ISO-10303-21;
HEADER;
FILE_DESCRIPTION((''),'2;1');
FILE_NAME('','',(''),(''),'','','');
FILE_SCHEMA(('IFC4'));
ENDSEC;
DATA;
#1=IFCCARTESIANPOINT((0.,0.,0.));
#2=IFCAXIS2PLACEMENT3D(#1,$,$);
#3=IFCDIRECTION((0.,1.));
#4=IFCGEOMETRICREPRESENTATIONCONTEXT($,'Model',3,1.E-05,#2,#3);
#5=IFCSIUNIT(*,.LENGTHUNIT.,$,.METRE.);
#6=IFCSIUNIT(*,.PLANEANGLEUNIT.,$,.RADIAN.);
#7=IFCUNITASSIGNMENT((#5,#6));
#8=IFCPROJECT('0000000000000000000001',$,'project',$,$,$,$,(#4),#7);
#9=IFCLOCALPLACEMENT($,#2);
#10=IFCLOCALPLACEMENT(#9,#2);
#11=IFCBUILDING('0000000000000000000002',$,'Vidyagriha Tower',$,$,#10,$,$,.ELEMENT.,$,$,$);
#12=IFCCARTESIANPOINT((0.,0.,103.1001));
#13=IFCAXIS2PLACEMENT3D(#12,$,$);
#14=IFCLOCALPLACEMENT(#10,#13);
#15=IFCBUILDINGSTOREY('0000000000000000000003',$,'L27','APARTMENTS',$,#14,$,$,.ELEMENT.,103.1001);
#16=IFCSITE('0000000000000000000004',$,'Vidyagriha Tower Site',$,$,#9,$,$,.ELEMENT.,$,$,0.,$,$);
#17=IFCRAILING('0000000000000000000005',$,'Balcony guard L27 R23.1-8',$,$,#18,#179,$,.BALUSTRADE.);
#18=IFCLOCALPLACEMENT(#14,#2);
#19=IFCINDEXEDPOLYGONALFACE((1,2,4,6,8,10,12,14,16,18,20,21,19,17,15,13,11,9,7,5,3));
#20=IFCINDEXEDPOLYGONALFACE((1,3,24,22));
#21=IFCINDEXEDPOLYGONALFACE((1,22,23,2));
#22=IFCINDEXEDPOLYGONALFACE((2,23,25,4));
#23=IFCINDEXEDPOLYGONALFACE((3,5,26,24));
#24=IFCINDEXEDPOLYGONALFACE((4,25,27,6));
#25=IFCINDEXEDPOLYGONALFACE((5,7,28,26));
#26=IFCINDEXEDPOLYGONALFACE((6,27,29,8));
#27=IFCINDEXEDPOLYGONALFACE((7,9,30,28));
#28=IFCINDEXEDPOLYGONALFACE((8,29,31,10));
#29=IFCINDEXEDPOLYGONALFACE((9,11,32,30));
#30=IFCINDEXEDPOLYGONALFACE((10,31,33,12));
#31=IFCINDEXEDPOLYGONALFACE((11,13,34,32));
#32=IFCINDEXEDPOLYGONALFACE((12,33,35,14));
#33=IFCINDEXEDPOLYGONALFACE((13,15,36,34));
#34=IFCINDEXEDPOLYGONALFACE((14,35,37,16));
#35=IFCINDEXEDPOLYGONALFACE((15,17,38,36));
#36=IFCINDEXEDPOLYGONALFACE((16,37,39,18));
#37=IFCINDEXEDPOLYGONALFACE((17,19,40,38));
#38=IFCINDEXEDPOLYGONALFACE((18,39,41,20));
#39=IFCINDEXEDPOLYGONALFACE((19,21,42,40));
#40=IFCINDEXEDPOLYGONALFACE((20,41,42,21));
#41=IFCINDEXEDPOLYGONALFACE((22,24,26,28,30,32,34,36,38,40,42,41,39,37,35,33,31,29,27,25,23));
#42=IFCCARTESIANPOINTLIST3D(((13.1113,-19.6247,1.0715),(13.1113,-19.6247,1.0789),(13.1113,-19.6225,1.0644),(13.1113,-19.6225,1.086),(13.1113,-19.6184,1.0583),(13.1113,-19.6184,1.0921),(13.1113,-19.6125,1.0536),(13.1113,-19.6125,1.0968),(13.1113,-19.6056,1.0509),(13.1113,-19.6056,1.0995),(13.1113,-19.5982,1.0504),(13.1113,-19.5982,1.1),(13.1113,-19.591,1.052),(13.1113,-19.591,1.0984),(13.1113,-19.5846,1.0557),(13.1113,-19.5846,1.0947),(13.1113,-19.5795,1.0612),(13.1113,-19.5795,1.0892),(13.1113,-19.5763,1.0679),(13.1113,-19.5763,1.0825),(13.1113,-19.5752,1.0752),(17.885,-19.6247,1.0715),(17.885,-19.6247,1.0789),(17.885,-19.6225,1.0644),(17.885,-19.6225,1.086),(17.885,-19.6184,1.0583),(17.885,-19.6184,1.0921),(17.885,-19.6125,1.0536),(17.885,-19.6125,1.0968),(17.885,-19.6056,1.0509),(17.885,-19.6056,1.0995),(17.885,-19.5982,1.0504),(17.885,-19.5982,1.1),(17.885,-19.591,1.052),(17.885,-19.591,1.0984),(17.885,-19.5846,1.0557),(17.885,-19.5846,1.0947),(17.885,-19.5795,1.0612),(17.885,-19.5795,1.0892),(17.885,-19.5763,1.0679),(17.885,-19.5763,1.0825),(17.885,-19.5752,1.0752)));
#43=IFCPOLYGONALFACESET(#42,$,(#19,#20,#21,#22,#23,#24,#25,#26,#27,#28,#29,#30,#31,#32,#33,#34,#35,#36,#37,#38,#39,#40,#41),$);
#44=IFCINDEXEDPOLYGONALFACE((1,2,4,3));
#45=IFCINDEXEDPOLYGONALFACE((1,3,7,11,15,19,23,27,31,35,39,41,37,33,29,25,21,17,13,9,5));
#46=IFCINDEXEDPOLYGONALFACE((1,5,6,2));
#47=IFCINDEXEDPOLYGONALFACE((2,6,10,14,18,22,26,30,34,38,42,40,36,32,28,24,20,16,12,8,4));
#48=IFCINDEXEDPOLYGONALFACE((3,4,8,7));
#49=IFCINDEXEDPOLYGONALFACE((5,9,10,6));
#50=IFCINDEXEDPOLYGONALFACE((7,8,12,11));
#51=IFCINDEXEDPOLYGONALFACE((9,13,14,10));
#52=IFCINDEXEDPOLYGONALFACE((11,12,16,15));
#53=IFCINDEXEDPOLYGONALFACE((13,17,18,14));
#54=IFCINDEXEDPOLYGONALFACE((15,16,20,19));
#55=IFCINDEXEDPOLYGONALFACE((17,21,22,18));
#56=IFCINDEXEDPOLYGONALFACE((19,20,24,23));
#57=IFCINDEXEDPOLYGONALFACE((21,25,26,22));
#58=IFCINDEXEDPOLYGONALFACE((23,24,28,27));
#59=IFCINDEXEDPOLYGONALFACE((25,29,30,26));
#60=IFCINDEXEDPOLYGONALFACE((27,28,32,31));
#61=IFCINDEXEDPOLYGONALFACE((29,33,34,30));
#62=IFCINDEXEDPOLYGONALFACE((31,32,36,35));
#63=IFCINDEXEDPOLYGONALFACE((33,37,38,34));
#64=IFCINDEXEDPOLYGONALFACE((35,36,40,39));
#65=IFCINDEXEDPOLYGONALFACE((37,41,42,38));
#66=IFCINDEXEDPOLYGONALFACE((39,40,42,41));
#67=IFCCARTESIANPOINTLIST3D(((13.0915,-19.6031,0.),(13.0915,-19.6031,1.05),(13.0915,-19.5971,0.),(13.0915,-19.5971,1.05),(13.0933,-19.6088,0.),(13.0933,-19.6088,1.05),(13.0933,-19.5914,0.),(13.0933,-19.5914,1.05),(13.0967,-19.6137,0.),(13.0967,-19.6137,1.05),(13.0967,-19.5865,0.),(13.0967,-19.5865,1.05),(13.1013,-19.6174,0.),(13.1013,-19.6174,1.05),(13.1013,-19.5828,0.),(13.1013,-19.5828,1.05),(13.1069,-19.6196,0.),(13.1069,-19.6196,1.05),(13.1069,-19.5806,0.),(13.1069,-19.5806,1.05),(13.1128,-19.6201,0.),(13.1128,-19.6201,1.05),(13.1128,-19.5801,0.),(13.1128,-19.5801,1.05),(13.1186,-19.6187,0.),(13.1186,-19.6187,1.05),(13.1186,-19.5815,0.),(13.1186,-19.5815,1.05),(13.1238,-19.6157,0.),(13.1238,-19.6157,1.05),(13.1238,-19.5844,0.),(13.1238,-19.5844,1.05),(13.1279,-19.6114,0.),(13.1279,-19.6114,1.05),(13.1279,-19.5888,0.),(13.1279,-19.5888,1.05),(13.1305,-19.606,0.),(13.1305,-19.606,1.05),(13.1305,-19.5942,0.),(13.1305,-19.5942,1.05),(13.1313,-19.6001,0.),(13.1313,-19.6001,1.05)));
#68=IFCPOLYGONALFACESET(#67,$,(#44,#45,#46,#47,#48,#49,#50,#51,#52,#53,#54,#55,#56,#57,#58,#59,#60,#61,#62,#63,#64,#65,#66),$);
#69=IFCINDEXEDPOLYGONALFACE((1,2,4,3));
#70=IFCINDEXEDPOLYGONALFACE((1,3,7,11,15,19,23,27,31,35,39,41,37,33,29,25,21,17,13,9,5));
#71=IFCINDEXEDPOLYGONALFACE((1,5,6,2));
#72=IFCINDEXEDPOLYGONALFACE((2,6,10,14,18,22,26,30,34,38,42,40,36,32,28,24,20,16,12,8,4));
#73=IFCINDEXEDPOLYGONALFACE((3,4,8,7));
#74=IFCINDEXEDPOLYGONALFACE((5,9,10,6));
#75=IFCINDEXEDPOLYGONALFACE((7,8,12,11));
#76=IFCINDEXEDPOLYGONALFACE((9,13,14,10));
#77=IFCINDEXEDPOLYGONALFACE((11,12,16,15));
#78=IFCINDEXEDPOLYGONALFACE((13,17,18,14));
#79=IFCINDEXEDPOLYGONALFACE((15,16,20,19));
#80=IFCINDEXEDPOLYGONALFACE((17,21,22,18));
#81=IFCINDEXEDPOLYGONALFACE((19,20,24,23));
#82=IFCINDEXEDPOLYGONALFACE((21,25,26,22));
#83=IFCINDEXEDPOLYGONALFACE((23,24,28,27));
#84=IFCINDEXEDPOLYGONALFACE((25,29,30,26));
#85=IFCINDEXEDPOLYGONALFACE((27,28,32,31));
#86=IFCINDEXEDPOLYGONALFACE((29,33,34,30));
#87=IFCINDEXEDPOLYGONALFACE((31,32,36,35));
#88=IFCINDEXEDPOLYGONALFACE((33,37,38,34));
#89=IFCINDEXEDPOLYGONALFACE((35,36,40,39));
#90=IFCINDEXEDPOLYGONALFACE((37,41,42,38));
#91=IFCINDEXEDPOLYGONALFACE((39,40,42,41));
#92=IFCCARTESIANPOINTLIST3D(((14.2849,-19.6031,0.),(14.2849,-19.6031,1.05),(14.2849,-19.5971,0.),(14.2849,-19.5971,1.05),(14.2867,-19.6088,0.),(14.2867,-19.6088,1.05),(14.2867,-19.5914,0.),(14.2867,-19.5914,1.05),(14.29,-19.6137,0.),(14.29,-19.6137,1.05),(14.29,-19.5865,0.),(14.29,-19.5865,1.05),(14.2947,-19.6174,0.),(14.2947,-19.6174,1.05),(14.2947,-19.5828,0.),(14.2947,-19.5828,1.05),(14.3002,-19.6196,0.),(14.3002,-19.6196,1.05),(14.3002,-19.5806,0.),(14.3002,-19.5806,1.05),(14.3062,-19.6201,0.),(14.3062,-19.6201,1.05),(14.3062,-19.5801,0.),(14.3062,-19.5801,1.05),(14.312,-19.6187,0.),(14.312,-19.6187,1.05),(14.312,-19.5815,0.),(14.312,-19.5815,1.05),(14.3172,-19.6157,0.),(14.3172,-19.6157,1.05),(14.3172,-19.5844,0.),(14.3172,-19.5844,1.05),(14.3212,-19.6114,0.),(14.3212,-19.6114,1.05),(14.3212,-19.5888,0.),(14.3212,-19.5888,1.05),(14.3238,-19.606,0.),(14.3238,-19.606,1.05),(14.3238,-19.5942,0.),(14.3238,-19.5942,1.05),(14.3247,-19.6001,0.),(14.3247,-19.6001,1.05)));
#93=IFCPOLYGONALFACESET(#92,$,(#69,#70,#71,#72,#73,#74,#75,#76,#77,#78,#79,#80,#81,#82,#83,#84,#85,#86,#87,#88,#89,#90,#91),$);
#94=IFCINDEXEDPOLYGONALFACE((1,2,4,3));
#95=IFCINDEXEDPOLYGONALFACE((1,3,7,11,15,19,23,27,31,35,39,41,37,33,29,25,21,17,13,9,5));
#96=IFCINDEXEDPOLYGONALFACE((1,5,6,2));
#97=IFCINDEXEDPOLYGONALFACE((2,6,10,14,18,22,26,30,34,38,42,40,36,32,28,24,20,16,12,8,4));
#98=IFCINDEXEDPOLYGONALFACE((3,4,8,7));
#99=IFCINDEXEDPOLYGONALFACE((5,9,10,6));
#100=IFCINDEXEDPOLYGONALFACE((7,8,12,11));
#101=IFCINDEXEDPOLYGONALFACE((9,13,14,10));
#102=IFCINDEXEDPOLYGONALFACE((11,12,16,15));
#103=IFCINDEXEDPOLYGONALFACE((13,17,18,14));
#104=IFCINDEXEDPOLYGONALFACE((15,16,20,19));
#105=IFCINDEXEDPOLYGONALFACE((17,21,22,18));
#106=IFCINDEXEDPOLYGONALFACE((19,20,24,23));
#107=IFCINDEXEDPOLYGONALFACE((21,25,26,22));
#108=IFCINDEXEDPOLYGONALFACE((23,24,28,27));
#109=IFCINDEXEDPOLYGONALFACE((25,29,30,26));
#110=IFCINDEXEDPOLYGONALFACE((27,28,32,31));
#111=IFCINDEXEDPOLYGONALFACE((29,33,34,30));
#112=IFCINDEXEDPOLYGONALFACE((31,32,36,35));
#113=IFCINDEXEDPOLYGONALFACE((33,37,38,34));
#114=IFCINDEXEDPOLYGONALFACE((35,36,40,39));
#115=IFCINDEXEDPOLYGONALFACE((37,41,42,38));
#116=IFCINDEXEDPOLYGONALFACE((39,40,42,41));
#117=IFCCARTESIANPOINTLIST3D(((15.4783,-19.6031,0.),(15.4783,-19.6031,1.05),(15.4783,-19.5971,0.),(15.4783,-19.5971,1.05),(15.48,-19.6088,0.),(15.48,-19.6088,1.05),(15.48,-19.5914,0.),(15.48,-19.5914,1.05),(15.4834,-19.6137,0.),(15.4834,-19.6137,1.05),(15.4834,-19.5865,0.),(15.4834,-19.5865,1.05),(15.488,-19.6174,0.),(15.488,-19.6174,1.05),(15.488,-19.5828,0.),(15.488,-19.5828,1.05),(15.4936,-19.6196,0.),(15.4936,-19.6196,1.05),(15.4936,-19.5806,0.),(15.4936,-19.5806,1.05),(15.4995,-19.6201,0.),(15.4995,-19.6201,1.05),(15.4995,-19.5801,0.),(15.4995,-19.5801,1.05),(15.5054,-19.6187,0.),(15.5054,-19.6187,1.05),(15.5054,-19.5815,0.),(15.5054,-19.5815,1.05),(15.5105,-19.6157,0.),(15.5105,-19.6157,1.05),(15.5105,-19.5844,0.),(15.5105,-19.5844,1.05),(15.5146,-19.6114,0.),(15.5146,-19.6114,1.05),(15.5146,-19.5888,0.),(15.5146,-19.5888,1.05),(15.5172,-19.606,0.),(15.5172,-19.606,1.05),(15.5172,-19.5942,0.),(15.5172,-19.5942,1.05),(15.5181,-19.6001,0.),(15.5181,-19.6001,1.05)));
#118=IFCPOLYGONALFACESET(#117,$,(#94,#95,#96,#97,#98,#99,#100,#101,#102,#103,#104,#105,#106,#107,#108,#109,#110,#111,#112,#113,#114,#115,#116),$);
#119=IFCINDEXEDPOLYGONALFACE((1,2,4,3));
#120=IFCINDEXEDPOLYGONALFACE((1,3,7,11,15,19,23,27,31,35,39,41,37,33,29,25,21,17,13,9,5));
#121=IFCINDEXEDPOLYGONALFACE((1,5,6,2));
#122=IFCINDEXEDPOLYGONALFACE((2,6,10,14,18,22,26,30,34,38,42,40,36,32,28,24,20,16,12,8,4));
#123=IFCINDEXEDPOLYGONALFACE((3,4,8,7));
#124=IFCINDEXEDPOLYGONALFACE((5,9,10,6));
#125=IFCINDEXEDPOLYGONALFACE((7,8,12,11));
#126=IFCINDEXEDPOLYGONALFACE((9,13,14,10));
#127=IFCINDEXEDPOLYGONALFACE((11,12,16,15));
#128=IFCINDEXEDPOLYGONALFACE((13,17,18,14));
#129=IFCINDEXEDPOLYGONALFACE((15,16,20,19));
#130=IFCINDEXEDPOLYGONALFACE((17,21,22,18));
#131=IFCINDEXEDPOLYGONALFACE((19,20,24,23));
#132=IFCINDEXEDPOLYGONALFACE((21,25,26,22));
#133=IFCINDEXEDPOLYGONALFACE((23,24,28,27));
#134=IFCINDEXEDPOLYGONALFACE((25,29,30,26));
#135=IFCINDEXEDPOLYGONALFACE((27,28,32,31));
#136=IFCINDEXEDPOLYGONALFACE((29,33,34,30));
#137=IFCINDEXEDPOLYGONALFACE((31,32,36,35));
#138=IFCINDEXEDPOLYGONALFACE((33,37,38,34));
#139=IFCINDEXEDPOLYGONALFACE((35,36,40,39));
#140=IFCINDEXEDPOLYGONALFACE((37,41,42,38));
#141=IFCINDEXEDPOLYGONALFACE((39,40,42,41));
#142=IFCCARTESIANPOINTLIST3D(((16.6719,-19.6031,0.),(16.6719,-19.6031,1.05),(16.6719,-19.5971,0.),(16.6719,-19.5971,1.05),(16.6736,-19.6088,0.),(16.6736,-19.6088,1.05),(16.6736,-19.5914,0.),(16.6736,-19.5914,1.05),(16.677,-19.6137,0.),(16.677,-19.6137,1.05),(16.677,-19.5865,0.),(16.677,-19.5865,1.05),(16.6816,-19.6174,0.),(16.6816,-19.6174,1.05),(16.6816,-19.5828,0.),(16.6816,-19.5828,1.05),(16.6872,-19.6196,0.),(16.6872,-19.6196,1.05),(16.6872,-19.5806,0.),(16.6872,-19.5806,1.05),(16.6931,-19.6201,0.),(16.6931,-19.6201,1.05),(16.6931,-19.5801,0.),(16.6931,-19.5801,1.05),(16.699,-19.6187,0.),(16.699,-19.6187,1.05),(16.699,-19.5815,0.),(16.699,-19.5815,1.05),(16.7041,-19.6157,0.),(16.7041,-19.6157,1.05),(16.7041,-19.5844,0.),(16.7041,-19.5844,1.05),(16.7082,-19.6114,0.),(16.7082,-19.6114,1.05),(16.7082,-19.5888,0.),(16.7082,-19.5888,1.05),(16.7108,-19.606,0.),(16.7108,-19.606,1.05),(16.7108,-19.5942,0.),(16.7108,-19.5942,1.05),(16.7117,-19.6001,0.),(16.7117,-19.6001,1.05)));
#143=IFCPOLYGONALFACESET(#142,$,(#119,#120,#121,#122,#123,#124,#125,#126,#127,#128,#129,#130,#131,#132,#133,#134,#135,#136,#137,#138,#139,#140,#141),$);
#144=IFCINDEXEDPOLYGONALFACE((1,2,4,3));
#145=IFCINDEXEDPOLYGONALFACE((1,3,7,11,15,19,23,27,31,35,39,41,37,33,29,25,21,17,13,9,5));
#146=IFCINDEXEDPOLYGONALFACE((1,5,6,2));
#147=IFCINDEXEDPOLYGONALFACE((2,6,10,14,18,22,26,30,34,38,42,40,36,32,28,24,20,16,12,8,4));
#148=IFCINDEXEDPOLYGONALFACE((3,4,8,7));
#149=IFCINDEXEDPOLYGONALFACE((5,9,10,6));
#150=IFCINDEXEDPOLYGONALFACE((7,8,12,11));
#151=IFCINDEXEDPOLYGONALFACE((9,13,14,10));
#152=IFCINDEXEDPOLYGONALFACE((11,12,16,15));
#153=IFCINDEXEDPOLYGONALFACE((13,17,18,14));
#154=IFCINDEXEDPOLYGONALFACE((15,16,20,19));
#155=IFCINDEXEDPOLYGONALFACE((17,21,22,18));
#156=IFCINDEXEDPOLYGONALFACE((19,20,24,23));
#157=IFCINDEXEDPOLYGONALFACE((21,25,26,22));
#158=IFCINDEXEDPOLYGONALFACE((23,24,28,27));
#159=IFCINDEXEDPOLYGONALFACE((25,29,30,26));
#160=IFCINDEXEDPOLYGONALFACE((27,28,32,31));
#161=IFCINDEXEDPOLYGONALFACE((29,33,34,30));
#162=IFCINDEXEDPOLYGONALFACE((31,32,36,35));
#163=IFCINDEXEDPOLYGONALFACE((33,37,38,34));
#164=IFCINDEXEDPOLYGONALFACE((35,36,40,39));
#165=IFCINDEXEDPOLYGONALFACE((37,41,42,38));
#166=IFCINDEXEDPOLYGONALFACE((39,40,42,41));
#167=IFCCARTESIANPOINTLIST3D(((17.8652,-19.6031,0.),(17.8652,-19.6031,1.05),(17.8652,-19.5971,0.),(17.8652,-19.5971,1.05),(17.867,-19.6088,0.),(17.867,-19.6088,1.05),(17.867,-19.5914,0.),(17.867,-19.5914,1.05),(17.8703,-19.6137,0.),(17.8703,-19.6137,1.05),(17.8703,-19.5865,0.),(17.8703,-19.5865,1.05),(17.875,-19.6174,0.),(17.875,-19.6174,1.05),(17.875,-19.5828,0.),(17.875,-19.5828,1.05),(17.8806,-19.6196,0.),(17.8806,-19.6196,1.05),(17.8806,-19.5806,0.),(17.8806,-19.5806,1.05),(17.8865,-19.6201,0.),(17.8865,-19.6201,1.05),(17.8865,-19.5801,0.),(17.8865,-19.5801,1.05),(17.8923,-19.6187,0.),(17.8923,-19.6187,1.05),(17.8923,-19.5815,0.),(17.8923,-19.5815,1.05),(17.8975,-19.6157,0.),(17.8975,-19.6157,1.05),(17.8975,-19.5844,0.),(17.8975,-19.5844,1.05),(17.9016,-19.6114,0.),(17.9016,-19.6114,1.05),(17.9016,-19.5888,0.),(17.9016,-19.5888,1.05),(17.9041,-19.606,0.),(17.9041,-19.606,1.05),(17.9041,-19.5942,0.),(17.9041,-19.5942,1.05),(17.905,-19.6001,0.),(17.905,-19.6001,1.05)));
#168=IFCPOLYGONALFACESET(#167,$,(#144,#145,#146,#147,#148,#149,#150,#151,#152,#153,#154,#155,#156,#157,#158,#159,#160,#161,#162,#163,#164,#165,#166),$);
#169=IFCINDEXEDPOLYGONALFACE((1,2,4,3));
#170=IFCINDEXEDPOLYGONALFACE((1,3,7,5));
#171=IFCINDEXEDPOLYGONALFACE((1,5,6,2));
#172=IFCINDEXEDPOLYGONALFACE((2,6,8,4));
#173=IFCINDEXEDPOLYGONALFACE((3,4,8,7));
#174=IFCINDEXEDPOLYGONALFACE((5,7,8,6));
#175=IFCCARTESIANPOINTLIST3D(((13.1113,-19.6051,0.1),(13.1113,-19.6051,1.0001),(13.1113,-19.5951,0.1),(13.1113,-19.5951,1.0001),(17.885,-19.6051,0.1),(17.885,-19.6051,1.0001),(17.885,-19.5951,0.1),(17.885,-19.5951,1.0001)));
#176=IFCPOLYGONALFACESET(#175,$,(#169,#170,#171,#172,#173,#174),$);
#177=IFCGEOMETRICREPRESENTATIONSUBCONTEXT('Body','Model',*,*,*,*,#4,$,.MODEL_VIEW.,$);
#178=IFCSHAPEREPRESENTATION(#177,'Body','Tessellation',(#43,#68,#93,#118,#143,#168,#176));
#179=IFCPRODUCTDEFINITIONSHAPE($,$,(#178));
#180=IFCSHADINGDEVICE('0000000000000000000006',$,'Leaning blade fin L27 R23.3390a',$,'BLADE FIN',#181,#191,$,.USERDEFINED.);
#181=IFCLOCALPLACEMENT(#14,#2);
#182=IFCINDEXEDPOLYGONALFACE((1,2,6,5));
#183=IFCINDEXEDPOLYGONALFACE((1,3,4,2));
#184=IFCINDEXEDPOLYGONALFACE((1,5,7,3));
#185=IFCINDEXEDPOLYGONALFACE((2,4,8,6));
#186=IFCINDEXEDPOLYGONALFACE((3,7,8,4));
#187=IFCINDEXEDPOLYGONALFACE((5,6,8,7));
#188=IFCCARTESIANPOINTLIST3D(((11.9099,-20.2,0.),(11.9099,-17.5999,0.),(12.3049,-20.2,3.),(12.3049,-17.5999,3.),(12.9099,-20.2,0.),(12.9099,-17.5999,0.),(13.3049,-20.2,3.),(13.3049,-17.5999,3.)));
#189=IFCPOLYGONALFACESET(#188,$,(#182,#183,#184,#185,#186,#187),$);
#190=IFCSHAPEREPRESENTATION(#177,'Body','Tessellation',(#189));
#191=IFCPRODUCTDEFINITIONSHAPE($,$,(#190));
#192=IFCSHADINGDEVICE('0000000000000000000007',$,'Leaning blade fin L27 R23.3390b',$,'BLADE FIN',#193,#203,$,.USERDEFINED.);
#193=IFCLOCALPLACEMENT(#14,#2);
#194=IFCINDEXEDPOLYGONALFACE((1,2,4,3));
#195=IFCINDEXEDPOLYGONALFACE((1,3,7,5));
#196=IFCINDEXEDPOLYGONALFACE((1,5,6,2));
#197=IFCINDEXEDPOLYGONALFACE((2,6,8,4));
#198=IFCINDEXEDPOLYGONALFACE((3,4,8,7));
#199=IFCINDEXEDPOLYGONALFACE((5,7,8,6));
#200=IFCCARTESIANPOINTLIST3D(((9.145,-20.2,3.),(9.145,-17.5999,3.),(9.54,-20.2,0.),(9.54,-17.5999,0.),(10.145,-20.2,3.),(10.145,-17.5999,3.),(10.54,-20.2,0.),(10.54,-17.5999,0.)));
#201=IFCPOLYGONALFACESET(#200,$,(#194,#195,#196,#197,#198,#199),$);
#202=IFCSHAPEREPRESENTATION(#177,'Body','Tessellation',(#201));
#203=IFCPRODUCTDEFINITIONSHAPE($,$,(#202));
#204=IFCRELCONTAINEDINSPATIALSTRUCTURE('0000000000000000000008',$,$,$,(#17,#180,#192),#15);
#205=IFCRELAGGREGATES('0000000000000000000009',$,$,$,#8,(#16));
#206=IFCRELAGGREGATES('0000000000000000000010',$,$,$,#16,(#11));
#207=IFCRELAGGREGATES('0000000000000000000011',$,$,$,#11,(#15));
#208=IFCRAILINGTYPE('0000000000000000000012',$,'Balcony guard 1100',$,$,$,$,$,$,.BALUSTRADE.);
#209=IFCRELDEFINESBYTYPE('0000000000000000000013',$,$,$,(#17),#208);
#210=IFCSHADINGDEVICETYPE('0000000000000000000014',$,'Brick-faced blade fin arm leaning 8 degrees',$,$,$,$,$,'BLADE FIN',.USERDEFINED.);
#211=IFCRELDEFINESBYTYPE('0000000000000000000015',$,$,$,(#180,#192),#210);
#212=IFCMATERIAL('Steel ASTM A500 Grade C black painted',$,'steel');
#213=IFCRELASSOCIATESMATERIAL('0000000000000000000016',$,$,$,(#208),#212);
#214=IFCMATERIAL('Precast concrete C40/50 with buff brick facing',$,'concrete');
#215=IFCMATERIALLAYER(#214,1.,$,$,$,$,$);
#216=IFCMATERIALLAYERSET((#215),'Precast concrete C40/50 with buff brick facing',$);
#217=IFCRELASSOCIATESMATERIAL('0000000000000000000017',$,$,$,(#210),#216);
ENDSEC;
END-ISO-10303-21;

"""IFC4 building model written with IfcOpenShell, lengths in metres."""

from ifc_helpers import new_model, si_unit, direction, frame, origin, origin_2d, place, context, subcontext, project, spatial, polyline, rectangle, circle, outline, extrude, material, layer, layer_set, type_object, element, save


model = new_model("IFC4")

# Units and contexts
model_context = context("Model", 3, precision=1e-05, world=origin(), true_north=direction((0.0, 1.0)))
body_context = subcontext(model_context, "Body", "Model", "MODEL_VIEW")
ifc_project = project(units=[si_unit("LENGTHUNIT", "METRE"), si_unit("PLANEANGLEUNIT", "RADIAN")], contexts=[model_context])

# Site, building, storey
site_placement = place(None, origin())
site = spatial("IfcSite", under=ifc_project, at=site_placement, Name="Vidyagriha Tower Site", CompositionType="ELEMENT", RefElevation=0.0)
building_placement = place(site_placement, origin())
building = spatial("IfcBuilding", under=site, at=building_placement, Name="Vidyagriha Tower", CompositionType="ELEMENT")
storey_placement = place(building_placement, frame((0.0, 0.0, 103.1001)))
storey = spatial("IfcBuildingStorey", under=building, at=storey_placement, Name="L27", Description="APARTMENTS", CompositionType="ELEMENT", Elevation=103.1001)

# Railing
ifc_material_1 = material(Name="Steel ASTM A500 Grade C black painted", Category="steel")
railing_type = type_object("IfcRailingType", Name="Balcony guard 1100", PredefinedType="BALUSTRADE", material=ifc_material_1)
railing_1_placement = place(storey_placement, frame((13.1113, -19.6001, 0.0)))
element("IfcRailing", 1, at=railing_1_placement, inside=storey, type_object=railing_type, Name="Balcony guard L27 R23.1-8", PredefinedType="BALUSTRADE", context=body_context, shape_type="SweptSolid", body=[
    extrude(circle(Radius=0.0249, at=origin_2d()), frame((0.0, 0.0, 1.0752), z_axis=(1.0, 0.0, 0.0), x_axis=(0.0, 1.0, 0.0)), (0.0, 0.0, 1.0), 4.7737),
    extrude(circle(Radius=0.02, at=origin_2d()), origin(), (0.0, 0.0, 1.0), 1.05),
    extrude(circle(Radius=0.02, at=origin_2d()), frame((1.1934, 0.0, 0.0)), (0.0, 0.0, 1.0), 1.05),
    extrude(circle(Radius=0.02, at=origin_2d()), frame((2.3867, 0.0, 0.0)), (0.0, 0.0, 1.0), 1.05),
    extrude(circle(Radius=0.02, at=origin_2d()), frame((3.5803, 0.0, 0.0)), (0.0, 0.0, 1.0), 1.05),
    extrude(circle(Radius=0.02, at=origin_2d()), frame((4.7737, 0.0, 0.0)), (0.0, 0.0, 1.0), 1.05),
    extrude(rectangle(XDim=0.01, YDim=0.9001, at=origin_2d()), frame((0.0, 0.0, 0.55), z_axis=(1.0, 0.0, 0.0), x_axis=(0.0, 1.0, 0.0)), (0.0, 0.0, 1.0), 4.7737),
])

# Shading devices
ifc_material_2 = material(Name="Precast concrete C40/50 with buff brick facing", Category="concrete")
ifc_layer_1 = layer(ifc_material_2, 1.0)
ifc_layer_set_1 = layer_set([ifc_layer_1], Name="Precast concrete C40/50 with buff brick facing")
shading_device_type = type_object("IfcShadingDeviceType", Name="Brick-faced blade fin arm leaning 8 degrees", ElementType="BLADE FIN", PredefinedType="USERDEFINED", material=ifc_layer_set_1)
shading_device_1_placement = place(storey_placement, frame((11.9099, -18.8999, 0.0)))
element("IfcShadingDevice", 2, at=shading_device_1_placement, inside=storey, type_object=shading_device_type, Name="Leaning blade fin L27 R23.3390a", ObjectType="BLADE FIN", PredefinedType="USERDEFINED", context=body_context, shape_type="SweptSolid", body=[
    extrude(outline(polyline([(0.0, 0.0), (1.0, 0.0), (1.395, 3.0), (0.395, 3.0), (0.0, 0.0)])), frame((0.0, 1.3, 0.0), z_axis=(0.0, -1.0, 0.0), x_axis=(1.0, 0.0, 0.0)), (0.0, 0.0, 1.0), 2.6001),
])
shading_device_2_placement = place(storey_placement, frame((9.145, -18.8999, 0.0)))
element("IfcShadingDevice", 3, at=shading_device_2_placement, inside=storey, type_object=shading_device_type, Name="Leaning blade fin L27 R23.3390b", ObjectType="BLADE FIN", PredefinedType="USERDEFINED", context=body_context, shape_type="SweptSolid", body=[
    extrude(outline(polyline([(0.395, 0.0), (1.395, 0.0), (1.0, 3.0), (0.0, 3.0), (0.395, 0.0)])), frame((0.0, 1.3, 0.0), z_axis=(0.0, -1.0, 0.0), x_axis=(1.0, 0.0, 0.0)), (0.0, 0.0, 1.0), 2.6001),
])

save(model, "model.ifc")
